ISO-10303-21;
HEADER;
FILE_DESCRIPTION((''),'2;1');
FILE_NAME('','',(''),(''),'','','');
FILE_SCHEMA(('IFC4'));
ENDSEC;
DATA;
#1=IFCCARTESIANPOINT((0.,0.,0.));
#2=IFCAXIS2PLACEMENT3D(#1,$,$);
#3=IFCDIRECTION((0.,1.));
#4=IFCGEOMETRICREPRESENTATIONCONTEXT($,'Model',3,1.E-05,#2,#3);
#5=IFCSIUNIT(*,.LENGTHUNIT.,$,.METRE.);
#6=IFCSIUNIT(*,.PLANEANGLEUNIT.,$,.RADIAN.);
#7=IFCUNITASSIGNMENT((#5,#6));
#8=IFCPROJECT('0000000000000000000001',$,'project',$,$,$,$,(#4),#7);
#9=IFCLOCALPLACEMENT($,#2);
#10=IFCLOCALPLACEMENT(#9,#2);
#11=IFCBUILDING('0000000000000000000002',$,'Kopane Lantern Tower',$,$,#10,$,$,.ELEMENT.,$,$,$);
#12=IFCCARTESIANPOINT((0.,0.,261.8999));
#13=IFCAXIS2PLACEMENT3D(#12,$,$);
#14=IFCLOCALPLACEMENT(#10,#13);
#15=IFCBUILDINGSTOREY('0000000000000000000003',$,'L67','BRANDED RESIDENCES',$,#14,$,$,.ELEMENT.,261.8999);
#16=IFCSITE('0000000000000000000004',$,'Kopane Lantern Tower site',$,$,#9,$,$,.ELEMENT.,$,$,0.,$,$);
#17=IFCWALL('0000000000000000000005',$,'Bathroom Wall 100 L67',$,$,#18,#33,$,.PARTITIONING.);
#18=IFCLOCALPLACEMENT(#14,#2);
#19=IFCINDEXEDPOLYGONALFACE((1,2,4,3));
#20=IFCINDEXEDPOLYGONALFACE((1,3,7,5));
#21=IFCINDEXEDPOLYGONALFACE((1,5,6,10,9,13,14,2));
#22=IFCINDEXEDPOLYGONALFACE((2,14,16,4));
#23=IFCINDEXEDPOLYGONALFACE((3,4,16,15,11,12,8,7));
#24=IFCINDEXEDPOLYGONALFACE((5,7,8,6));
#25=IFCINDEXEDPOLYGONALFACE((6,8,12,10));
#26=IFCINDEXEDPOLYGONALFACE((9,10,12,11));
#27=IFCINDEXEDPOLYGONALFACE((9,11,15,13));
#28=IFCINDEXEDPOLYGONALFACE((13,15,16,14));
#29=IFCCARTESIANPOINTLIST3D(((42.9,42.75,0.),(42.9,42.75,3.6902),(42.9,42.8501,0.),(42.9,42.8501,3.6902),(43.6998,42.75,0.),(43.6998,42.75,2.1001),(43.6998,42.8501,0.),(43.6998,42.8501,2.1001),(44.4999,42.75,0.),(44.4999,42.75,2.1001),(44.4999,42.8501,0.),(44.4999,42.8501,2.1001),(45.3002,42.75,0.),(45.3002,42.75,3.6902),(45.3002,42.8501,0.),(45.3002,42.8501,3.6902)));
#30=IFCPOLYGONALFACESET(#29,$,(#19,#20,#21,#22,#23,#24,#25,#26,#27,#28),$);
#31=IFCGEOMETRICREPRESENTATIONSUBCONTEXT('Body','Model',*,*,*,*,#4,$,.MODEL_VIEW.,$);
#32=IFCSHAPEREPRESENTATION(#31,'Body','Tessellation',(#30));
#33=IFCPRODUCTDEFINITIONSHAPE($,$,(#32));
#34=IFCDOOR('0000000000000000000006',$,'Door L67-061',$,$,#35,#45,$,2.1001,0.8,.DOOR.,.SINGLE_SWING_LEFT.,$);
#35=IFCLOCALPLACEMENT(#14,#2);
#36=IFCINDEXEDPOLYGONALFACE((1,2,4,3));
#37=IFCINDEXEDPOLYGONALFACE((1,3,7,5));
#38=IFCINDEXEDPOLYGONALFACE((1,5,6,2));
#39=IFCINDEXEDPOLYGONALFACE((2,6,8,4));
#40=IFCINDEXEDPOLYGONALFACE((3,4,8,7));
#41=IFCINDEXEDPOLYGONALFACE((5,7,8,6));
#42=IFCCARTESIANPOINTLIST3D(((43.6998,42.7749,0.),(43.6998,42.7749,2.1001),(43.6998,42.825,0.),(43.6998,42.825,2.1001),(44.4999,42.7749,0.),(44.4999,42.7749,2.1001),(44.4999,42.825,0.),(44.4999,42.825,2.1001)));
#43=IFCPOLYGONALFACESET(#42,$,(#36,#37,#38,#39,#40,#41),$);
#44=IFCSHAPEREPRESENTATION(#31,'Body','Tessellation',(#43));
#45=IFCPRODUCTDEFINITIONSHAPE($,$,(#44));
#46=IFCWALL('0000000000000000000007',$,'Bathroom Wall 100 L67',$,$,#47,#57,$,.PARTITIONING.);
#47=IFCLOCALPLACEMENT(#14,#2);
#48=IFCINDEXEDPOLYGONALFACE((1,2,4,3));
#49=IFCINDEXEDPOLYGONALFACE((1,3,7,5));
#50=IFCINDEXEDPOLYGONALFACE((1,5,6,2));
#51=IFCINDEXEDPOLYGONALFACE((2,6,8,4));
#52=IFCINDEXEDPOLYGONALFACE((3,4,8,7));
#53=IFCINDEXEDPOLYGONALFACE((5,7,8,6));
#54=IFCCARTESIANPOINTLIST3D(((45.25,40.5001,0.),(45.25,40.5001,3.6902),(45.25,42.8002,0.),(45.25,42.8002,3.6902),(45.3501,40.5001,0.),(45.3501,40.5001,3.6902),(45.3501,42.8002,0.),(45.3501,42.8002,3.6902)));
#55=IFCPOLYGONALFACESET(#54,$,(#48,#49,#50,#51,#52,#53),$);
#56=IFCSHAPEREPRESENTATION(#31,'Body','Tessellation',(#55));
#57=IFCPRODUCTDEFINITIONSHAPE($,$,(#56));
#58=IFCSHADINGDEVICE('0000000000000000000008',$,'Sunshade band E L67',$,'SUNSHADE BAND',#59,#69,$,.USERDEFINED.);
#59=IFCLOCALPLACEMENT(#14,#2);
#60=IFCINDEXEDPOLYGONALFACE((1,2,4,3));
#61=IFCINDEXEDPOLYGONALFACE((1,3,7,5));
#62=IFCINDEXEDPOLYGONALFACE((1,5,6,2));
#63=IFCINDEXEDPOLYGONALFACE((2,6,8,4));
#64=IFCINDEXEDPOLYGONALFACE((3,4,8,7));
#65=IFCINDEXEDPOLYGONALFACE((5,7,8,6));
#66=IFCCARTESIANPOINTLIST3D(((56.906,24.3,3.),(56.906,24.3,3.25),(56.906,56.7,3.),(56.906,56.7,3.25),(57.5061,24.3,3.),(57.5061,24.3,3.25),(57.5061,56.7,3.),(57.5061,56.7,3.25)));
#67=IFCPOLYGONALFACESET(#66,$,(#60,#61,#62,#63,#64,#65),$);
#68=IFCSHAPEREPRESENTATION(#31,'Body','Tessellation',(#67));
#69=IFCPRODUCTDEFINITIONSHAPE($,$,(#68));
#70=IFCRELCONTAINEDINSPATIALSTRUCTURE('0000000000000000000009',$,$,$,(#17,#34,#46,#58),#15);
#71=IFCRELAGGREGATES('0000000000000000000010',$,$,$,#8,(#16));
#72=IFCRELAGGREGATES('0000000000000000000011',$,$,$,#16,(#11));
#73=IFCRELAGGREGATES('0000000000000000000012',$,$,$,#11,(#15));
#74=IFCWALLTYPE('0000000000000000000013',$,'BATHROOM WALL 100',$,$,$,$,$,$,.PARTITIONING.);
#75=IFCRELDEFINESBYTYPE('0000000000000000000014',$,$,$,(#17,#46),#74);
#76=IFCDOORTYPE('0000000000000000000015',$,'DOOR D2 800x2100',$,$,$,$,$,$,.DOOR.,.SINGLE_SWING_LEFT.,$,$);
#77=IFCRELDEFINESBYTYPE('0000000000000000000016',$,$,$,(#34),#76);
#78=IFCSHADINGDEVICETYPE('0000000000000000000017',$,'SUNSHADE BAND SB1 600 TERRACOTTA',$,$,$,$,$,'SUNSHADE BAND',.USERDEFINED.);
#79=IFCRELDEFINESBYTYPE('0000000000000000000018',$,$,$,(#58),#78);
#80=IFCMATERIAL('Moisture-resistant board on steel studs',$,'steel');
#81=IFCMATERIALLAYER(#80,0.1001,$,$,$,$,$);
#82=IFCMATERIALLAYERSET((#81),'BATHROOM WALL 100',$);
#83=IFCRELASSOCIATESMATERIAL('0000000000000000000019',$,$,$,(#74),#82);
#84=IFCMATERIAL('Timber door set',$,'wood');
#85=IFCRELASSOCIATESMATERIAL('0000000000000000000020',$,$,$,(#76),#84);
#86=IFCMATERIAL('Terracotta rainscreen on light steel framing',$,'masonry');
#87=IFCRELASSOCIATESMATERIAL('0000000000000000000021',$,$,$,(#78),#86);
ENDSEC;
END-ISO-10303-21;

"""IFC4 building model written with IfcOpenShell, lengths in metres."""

from ifc_helpers import new_model, si_unit, direction, frame, frame_2d, origin, origin_2d, place, context, subcontext, project, spatial, rectangle, extrude, material, layer, layer_set, type_object, element, fill, save


model = new_model("IFC4")

# Units and contexts
model_context = context("Model", 3, precision=1e-05, world=origin(), true_north=direction((0.0, 1.0)))
body_context = subcontext(model_context, "Body", "Model", "MODEL_VIEW")
ifc_project = project(units=[si_unit("LENGTHUNIT", "METRE"), si_unit("PLANEANGLEUNIT", "RADIAN")], contexts=[model_context])

# Site, building, storey
site_placement = place(None, origin())
site = spatial("IfcSite", under=ifc_project, at=site_placement, Name="Kopane Lantern Tower site", CompositionType="ELEMENT", RefElevation=0.0)
building_placement = place(site_placement, origin())
building = spatial("IfcBuilding", under=site, at=building_placement, Name="Kopane Lantern Tower", CompositionType="ELEMENT")
storey_placement = place(building_placement, frame((0.0, 0.0, 261.8999)))
storey = spatial("IfcBuildingStorey", under=building, at=storey_placement, Name="L67", Description="BRANDED RESIDENCES", CompositionType="ELEMENT", Elevation=261.8999)

# Wall, opening, door
ifc_material_1 = material(Name="Moisture-resistant board on steel studs", Category="steel")
ifc_layer_1 = layer(ifc_material_1, 0.1001)
ifc_layer_set_1 = layer_set([ifc_layer_1], Name="BATHROOM WALL 100")
wall_type_1 = type_object("IfcWallType", Name="BATHROOM WALL 100", PredefinedType="PARTITIONING", material=ifc_layer_set_1)
wall_1_placement = place(storey_placement, frame((42.8999, 42.8, 0.0), z_axis=(0.0, 0.0, 1.0), x_axis=(1.0, 0.0, 0.0)))
wall_1 = element("IfcWall", 1, at=wall_1_placement, inside=storey, type_object=wall_type_1, Name="Bathroom Wall 100 L67", PredefinedType="PARTITIONING", context=body_context, shape_type="SweptSolid", body=[
    extrude(rectangle(XDim=2.4001, YDim=0.1001, at=frame_2d((1.2002, 0.0))), origin(), (0.0, 0.0, 1.0), 3.6902),
])
opening_1_placement = place(wall_1_placement, frame((0.8, 0.0, 0.0)))
opening_1 = element("IfcOpeningElement", 2, at=opening_1_placement, cuts=wall_1, PredefinedType="OPENING", context=body_context, shape_type="SweptSolid", body=[
    extrude(rectangle(XDim=0.8, YDim=2.1001, at=frame_2d((0.3999, 1.05))), frame((0.0, 0.0601, 0.0), z_axis=(0.0, -1.0, 0.0), x_axis=(1.0, 0.0, 0.0)), (0.0, 0.0, 1.0), 0.1201),
])
ifc_material_2 = material(Name="Timber door set", Category="wood")
door_type_1 = type_object("IfcDoorType", Name="DOOR D2 800x2100", OperationType="SINGLE_SWING_LEFT", PredefinedType="DOOR", material=ifc_material_2)
door_1_placement = place(opening_1_placement, origin())
door_1 = element("IfcDoor", 3, at=door_1_placement, inside=storey, type_object=door_type_1, Name="Door L67-061", OperationType="SINGLE_SWING_LEFT", OverallHeight=2.1001, OverallWidth=0.8, PredefinedType="DOOR", context=body_context, shape_type="SweptSolid", body=[
    extrude(rectangle(XDim=0.8, YDim=2.1001, at=frame_2d((0.3999, 1.05))), frame((0.0, 0.0249, 0.0), z_axis=(0.0, -1.0, 0.0), x_axis=(1.0, 0.0, 0.0)), (0.0, 0.0, 1.0), 0.05),
])
fill(opening_1, door_1)

# Wall
wall_2_placement = place(storey_placement, frame((45.3, 42.8, 0.0), z_axis=(0.0, 0.0, 1.0), x_axis=(0.0, -1.0, 0.0)))
element("IfcWall", 4, at=wall_2_placement, inside=storey, type_object=wall_type_1, Name="Bathroom Wall 100 L67", PredefinedType="PARTITIONING", context=body_context, shape_type="SweptSolid", body=[
    extrude(rectangle(XDim=2.3, YDim=0.1001, at=frame_2d((1.1499, 0.0))), origin(), (0.0, 0.0, 1.0), 3.6902),
])

# Shading device
ifc_material_3 = material(Name="Terracotta rainscreen on light steel framing", Category="masonry")
shading_device_type = type_object("IfcShadingDeviceType", Name="SUNSHADE BAND SB1 600 TERRACOTTA", ElementType="SUNSHADE BAND", PredefinedType="USERDEFINED", material=ifc_material_3)
shading_device_placement = place(storey_placement, frame((57.2061, 40.5, 3.0), z_axis=(0.0, 0.0, 1.0), x_axis=(0.0, 1.0, 0.0)))
element("IfcShadingDevice", 5, at=shading_device_placement, inside=storey, type_object=shading_device_type, Name="Sunshade band E L67", ObjectType="SUNSHADE BAND", PredefinedType="USERDEFINED", context=body_context, shape_type="SweptSolid", body=[
    extrude(rectangle(XDim=32.3999, YDim=0.6001, at=origin_2d()), origin(), (0.0, 0.0, 1.0), 0.25),
])

save(model, "model.ifc")
